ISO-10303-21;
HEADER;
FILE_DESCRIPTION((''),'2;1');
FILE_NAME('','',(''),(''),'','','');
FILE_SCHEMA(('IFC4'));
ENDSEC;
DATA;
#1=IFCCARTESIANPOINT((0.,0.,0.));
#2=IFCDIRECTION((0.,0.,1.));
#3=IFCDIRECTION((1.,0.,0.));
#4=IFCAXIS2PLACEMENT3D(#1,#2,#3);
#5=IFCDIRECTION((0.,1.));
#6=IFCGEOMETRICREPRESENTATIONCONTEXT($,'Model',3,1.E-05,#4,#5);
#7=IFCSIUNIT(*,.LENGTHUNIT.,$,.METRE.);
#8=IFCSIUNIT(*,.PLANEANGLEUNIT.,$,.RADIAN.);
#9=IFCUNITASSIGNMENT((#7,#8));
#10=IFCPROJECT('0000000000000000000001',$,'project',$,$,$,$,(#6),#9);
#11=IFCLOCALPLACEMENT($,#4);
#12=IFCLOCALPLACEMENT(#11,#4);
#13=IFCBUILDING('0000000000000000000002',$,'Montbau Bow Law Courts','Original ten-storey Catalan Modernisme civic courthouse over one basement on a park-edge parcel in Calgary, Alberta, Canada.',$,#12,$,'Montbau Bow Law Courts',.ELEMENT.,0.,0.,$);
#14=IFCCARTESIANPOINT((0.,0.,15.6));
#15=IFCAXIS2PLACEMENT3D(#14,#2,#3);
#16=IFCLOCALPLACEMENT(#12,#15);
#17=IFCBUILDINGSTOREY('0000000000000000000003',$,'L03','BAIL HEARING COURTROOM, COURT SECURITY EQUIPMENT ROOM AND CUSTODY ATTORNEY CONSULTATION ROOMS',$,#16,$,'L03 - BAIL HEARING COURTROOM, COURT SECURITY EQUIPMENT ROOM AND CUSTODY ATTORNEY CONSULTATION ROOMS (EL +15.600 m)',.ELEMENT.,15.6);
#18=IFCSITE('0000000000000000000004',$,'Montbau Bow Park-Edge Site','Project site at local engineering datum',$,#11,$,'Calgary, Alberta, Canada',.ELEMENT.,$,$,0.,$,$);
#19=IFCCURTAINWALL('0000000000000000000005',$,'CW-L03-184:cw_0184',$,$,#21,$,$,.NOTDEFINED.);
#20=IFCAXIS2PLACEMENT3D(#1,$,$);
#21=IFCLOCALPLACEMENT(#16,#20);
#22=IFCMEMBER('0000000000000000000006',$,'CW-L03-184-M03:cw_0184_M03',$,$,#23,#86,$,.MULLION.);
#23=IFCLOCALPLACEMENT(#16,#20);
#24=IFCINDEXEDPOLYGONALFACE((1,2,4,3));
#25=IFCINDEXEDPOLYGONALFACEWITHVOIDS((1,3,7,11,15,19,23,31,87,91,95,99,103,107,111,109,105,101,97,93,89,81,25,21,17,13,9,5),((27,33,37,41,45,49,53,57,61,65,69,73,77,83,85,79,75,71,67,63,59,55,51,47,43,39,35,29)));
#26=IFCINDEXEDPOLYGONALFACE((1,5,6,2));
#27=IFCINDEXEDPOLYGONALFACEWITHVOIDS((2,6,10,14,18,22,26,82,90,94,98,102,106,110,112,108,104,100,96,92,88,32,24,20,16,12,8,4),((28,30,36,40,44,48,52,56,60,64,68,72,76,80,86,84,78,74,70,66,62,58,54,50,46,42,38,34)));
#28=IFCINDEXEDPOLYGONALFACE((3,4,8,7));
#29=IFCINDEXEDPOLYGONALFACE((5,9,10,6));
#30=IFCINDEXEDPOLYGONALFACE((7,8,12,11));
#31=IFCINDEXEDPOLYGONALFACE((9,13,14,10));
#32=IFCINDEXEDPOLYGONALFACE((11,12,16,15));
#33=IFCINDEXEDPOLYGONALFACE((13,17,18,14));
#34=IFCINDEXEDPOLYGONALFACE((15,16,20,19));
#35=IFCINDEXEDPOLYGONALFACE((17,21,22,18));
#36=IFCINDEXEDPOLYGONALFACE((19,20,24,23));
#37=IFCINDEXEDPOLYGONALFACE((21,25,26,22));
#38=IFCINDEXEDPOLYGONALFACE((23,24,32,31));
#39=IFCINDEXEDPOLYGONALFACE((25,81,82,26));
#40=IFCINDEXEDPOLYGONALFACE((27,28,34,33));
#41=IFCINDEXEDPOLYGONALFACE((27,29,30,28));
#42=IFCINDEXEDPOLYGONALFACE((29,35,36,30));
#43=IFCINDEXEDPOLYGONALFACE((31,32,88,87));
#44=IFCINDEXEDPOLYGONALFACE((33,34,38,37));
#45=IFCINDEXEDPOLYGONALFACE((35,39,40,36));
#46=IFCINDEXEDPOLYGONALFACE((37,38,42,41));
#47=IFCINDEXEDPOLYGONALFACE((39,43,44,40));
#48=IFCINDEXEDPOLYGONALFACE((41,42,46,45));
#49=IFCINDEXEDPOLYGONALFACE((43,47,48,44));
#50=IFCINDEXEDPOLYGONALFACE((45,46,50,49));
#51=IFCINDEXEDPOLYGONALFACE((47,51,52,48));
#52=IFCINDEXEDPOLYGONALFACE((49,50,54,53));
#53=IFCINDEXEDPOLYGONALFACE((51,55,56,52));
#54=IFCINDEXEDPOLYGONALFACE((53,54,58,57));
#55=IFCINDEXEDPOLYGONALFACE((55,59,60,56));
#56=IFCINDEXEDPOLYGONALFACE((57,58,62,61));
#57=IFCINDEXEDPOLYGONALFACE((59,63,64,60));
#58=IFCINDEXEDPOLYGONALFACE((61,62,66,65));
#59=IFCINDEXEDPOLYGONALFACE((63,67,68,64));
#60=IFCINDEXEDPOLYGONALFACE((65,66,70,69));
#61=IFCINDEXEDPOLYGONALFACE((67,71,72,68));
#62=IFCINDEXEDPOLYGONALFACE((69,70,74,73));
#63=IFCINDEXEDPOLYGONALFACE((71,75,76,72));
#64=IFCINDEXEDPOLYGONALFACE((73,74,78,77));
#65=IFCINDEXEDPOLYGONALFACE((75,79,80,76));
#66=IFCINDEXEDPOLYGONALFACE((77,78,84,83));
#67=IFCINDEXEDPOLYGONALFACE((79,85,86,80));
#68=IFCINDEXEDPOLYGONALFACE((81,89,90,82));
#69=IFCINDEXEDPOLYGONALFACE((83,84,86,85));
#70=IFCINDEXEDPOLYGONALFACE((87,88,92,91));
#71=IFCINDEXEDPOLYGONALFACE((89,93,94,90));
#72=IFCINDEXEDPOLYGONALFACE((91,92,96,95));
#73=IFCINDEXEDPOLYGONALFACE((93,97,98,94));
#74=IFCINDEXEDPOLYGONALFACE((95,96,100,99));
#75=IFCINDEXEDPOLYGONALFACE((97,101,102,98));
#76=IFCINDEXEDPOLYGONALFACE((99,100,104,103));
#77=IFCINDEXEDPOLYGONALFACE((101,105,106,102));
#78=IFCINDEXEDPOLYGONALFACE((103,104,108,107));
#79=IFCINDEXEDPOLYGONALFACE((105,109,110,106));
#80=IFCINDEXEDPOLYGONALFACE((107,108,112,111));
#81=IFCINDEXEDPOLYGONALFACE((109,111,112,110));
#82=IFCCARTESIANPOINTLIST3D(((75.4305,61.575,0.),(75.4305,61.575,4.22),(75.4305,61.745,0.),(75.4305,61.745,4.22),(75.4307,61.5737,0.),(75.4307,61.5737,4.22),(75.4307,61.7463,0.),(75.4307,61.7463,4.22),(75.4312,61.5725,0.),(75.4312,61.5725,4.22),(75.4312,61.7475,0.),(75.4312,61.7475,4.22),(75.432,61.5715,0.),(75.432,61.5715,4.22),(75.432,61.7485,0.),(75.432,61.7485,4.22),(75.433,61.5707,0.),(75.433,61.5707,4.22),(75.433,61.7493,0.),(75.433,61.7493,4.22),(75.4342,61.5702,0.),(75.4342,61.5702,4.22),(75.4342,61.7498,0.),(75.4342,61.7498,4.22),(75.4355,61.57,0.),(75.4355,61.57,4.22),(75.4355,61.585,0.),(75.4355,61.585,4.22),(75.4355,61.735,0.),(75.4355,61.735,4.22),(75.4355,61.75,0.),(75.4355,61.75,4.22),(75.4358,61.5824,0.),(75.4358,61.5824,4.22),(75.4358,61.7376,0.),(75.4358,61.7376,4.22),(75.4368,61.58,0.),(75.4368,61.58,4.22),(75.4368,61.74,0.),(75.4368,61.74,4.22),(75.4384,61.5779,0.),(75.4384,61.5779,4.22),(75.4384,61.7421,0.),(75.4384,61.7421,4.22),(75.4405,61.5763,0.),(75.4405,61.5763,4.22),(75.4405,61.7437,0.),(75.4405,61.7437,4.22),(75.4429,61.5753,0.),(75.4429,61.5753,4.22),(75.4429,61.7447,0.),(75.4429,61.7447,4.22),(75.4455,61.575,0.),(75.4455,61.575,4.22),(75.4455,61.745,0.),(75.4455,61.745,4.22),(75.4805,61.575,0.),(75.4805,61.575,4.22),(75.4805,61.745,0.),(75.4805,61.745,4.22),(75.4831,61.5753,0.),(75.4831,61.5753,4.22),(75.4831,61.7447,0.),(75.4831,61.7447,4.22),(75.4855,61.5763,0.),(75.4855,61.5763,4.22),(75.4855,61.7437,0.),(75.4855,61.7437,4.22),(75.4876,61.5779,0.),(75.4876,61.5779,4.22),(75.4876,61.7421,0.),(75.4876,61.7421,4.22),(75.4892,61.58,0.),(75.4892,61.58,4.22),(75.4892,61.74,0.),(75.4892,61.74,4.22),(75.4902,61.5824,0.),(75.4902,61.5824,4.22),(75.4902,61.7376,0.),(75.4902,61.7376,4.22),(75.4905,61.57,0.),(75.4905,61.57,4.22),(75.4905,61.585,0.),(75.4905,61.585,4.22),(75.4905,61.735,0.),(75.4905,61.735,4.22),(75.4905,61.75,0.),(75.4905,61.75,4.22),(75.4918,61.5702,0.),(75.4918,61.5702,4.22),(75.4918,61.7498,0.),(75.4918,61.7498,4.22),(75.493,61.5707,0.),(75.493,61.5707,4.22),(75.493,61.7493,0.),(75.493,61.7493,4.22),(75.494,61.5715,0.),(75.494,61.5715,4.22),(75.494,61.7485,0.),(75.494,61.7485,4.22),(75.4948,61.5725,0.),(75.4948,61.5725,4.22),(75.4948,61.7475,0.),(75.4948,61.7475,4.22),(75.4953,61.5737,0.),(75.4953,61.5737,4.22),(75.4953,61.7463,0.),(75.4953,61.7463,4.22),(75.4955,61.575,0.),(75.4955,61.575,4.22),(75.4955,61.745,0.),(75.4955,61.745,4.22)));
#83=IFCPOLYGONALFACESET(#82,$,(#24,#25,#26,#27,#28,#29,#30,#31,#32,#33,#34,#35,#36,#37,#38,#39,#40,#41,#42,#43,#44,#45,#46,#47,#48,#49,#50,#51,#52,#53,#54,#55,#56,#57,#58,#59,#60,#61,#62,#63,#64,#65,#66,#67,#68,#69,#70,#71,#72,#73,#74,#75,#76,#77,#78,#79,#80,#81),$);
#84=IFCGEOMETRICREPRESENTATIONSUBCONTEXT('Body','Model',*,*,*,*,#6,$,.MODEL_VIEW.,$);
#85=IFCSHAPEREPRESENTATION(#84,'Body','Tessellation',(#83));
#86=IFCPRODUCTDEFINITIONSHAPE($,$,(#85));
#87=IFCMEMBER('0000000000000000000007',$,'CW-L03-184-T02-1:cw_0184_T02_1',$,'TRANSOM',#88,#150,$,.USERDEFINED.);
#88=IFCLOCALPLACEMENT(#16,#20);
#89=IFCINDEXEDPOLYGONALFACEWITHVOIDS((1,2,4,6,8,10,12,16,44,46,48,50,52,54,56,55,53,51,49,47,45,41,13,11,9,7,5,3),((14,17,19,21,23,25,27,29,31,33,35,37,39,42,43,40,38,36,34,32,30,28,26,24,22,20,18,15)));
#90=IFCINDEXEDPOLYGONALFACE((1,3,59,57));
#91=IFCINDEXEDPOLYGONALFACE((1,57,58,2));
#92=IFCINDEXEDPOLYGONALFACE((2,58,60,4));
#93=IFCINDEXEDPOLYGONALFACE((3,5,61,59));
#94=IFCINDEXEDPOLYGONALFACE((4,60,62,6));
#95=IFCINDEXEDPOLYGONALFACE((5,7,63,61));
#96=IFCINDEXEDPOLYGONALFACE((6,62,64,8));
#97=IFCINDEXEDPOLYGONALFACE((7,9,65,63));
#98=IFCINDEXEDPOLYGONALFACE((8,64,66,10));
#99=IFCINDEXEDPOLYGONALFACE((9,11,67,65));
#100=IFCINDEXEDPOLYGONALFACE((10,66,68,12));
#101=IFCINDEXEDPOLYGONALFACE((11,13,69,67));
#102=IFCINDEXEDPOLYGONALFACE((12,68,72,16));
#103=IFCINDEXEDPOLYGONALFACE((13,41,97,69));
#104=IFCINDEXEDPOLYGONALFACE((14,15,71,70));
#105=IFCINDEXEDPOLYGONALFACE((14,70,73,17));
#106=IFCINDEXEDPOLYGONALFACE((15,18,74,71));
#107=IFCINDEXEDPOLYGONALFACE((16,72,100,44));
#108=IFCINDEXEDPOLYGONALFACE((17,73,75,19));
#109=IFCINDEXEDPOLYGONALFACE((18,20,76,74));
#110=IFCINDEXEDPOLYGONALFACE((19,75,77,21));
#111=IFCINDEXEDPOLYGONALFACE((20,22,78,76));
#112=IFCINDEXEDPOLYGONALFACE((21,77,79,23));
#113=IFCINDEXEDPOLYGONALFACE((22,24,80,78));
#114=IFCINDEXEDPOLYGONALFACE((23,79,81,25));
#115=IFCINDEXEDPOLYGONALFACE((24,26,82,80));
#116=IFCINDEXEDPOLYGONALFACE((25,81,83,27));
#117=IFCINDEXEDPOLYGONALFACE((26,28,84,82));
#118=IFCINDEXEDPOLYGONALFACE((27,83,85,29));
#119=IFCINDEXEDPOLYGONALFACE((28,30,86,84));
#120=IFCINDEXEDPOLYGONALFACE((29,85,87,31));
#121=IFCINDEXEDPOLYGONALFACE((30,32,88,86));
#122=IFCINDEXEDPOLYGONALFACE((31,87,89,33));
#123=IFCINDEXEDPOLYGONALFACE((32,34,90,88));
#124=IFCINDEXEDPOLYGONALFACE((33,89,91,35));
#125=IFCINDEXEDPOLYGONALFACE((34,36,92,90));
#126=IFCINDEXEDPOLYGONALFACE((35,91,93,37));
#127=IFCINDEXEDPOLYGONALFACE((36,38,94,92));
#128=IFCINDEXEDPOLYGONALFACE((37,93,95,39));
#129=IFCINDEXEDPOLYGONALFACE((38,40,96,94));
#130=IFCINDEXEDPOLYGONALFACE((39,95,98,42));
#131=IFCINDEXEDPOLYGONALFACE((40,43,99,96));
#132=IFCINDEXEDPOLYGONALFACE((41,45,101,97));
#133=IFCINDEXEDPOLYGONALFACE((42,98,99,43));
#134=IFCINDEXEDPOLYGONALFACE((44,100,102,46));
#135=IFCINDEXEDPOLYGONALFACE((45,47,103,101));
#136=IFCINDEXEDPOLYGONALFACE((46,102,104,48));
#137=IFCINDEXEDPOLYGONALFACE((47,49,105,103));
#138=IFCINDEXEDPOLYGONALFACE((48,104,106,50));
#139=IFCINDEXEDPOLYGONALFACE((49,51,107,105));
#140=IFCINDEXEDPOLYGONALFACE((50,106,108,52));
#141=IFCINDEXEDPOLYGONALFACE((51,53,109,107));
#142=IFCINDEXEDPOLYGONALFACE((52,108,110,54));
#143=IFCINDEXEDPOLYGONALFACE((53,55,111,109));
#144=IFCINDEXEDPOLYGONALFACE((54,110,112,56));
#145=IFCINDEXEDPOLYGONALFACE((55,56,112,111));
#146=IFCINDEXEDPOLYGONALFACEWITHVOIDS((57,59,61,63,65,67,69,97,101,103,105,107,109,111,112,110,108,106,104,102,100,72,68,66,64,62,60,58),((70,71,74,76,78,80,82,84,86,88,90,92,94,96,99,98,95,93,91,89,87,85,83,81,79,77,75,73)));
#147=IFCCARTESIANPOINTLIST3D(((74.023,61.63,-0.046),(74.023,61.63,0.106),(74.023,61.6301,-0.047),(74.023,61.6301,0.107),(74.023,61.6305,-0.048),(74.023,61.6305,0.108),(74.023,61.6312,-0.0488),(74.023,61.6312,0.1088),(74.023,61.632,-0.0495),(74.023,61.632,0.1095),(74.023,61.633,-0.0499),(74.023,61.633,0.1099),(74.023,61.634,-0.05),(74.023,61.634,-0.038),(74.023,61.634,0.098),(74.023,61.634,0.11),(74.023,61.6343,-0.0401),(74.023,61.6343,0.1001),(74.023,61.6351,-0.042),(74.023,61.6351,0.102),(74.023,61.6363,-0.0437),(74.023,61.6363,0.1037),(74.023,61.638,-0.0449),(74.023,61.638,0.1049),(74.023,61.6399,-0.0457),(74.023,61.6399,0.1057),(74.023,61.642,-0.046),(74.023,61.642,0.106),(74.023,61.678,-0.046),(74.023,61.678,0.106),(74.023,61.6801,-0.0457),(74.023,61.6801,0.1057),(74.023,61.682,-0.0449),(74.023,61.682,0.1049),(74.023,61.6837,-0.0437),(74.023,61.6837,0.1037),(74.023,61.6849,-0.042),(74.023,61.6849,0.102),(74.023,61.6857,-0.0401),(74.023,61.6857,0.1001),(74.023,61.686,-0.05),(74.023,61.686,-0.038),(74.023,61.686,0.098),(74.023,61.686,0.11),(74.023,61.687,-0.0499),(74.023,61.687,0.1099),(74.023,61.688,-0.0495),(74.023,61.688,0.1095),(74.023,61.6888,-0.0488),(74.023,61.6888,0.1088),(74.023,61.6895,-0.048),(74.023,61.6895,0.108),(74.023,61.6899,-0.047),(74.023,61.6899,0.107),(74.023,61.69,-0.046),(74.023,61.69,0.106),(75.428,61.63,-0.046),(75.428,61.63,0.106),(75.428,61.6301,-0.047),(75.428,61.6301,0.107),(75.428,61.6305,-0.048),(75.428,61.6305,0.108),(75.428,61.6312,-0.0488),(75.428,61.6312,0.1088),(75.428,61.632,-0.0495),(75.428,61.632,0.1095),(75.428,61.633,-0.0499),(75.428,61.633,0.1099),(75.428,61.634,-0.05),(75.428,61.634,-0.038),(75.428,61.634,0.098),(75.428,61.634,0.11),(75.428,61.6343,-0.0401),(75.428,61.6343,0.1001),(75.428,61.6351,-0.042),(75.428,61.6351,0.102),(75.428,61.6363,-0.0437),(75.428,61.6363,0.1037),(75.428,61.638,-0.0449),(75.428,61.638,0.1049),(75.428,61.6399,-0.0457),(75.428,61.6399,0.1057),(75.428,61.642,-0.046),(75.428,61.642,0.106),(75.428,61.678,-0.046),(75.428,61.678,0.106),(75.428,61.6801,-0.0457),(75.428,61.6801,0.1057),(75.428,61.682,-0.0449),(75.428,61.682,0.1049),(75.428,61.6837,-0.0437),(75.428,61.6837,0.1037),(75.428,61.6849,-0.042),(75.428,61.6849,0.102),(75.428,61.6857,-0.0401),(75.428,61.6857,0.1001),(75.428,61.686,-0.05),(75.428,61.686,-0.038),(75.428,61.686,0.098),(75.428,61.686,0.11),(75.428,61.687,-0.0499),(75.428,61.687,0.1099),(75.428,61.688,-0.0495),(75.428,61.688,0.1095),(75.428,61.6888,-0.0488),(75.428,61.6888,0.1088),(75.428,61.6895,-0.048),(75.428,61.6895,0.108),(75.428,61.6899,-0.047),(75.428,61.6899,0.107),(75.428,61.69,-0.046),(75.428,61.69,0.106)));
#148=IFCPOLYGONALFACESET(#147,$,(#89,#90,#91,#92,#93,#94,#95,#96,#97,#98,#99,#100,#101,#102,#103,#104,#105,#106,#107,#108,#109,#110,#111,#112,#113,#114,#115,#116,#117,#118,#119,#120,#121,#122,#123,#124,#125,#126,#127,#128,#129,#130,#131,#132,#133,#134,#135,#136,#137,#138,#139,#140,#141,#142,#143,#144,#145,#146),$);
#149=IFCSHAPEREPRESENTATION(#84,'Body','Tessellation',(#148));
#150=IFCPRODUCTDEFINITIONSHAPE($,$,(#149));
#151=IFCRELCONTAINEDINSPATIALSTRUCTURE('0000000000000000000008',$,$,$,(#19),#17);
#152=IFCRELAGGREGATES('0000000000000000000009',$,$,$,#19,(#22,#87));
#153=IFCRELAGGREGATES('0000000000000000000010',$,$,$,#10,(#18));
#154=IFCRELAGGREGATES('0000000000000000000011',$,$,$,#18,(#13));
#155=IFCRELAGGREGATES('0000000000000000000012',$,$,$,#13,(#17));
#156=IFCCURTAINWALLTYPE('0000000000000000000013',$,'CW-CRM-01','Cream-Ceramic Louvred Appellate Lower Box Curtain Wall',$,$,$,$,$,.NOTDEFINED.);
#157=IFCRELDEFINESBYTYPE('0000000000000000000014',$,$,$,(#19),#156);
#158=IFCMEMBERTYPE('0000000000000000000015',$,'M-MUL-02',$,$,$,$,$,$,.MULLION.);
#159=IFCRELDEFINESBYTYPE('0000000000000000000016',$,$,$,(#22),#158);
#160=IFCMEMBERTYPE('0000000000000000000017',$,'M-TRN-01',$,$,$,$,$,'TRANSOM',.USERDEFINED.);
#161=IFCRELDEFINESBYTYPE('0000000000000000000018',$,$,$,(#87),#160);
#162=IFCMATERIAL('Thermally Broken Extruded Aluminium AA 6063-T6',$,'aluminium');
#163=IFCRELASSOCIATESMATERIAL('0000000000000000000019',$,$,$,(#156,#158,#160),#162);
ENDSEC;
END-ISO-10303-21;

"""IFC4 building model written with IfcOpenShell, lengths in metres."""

from ifc_helpers import new_model, si_unit, direction, frame, origin_with_axes, origin_2d_with_axis, place, context, subcontext, project, spatial, hollow_rectangle, extrude, material, material_profile, profile_set, type_object, element, aggregate, save


model = new_model("IFC4")

# Units and contexts
model_context = context("Model", 3, precision=1e-05, world=origin_with_axes(), true_north=direction((0.0, 1.0)))
body_context = subcontext(model_context, "Body", "Model", "MODEL_VIEW")
ifc_project = project(units=[si_unit("LENGTHUNIT", "METRE"), si_unit("PLANEANGLEUNIT", "RADIAN")], contexts=[model_context])

# Site, building, storey
site_placement = place(None, origin_with_axes())
site = spatial("IfcSite", under=ifc_project, at=site_placement, Name="Montbau Bow Park-Edge Site", Description="Project site at local engineering datum", LongName="Calgary, Alberta, Canada", CompositionType="ELEMENT", RefElevation=0.0)
building_placement = place(site_placement, origin_with_axes())
building = spatial("IfcBuilding", under=site, at=building_placement, Name="Montbau Bow Law Courts", Description="Original ten-storey Catalan Modernisme civic courthouse over one basement on a park-edge parcel in Calgary, Alberta, Canada.", LongName="Montbau Bow Law Courts", CompositionType="ELEMENT", ElevationOfRefHeight=0.0, ElevationOfTerrain=0.0)
storey_placement = place(building_placement, frame((0.0, 0.0, 15.6), z_axis=(0.0, 0.0, 1.0), x_axis=(1.0, 0.0, 0.0)))
storey = spatial("IfcBuildingStorey", under=building, at=storey_placement, Name="L03", Description="BAIL HEARING COURTROOM, COURT SECURITY EQUIPMENT ROOM AND CUSTODY ATTORNEY CONSULTATION ROOMS", LongName="L03 - BAIL HEARING COURTROOM, COURT SECURITY EQUIPMENT ROOM AND CUSTODY ATTORNEY CONSULTATION ROOMS (EL +15.600 m)", CompositionType="ELEMENT", Elevation=15.6)

# Curtain wall, members
ifc_material_1 = material(Name="Thermally Broken Extruded Aluminium AA 6063-T6", Category="aluminium")
curtain_wall_type = type_object("IfcCurtainWallType", Name="CW-CRM-01", Description="Cream-Ceramic Louvred Appellate Lower Box Curtain Wall", PredefinedType="NOTDEFINED", material=ifc_material_1)
curtain_wall_placement = place(None, frame((72.515, 61.66, 15.6), z_axis=(0.0, 0.0, 1.0), x_axis=(1.0, 0.0, 0.0)))
curtain_wall = element("IfcCurtainWall", 1, at=curtain_wall_placement, inside=storey, type_object=curtain_wall_type, Name="CW-L03-184:cw_0184", PredefinedType="NOTDEFINED")
ifc_material_profile_1 = material_profile(ifc_material_1, hollow_rectangle(XDim=0.065, YDim=0.18, WallThickness=0.005, InnerFilletRadius=0.01, OuterFilletRadius=0.005, at=origin_2d_with_axis()), Name="CWM-180X65", Category="Main", Priority=0)
ifc_profile_set_1 = profile_set([ifc_material_profile_1], Name="Thermally Broken Extruded Aluminium AA 6063-T6")
member_type_1 = type_object("IfcMemberType", Name="M-MUL-02", PredefinedType="MULLION", material=ifc_profile_set_1)
member_1_placement = place(None, frame((75.463, 61.66, 15.6), z_axis=(0.0, 0.0, 1.0), x_axis=(1.0, 0.0, 0.0)))
member_1 = element("IfcMember", 2, at=member_1_placement, type_object=member_type_1, Name="CW-L03-184-M03:cw_0184_M03", PredefinedType="MULLION", context=body_context, shape_type="SweptSolid", body=[
    extrude(hollow_rectangle(XDim=0.065, YDim=0.18, WallThickness=0.005, InnerFilletRadius=0.01, OuterFilletRadius=0.005, at=origin_2d_with_axis()), origin_with_axes(), (0.0, 0.0, 1.0), 4.22),
])
ifc_material_profile_2 = material_profile(ifc_material_1, hollow_rectangle(XDim=0.06, YDim=0.16, WallThickness=0.004, InnerFilletRadius=0.008, OuterFilletRadius=0.004, at=origin_2d_with_axis()), Name="CWT-160X60", Category="Main", Priority=0)
ifc_profile_set_2 = profile_set([ifc_material_profile_2], Name="Thermally Broken Extruded Aluminium AA 6063-T6")
member_type_2 = type_object("IfcMemberType", Name="M-TRN-01", ElementType="TRANSOM", PredefinedType="USERDEFINED", material=ifc_profile_set_2)
member_2_placement = place(None, frame((74.023, 61.66, 15.63), z_axis=(1.0, 0.0, 0.0), x_axis=(0.0, 1.0, 0.0)))
member_2 = element("IfcMember", 3, at=member_2_placement, type_object=member_type_2, Name="CW-L03-184-T02-1:cw_0184_T02_1", ObjectType="TRANSOM", PredefinedType="USERDEFINED", context=body_context, shape_type="SweptSolid", body=[
    extrude(hollow_rectangle(XDim=0.06, YDim=0.16, WallThickness=0.004, InnerFilletRadius=0.008, OuterFilletRadius=0.004, at=origin_2d_with_axis()), origin_with_axes(), (0.0, 0.0, 1.0), 1.405),
])
aggregate(curtain_wall, [member_1, member_2])

save(model, "model.ifc")
